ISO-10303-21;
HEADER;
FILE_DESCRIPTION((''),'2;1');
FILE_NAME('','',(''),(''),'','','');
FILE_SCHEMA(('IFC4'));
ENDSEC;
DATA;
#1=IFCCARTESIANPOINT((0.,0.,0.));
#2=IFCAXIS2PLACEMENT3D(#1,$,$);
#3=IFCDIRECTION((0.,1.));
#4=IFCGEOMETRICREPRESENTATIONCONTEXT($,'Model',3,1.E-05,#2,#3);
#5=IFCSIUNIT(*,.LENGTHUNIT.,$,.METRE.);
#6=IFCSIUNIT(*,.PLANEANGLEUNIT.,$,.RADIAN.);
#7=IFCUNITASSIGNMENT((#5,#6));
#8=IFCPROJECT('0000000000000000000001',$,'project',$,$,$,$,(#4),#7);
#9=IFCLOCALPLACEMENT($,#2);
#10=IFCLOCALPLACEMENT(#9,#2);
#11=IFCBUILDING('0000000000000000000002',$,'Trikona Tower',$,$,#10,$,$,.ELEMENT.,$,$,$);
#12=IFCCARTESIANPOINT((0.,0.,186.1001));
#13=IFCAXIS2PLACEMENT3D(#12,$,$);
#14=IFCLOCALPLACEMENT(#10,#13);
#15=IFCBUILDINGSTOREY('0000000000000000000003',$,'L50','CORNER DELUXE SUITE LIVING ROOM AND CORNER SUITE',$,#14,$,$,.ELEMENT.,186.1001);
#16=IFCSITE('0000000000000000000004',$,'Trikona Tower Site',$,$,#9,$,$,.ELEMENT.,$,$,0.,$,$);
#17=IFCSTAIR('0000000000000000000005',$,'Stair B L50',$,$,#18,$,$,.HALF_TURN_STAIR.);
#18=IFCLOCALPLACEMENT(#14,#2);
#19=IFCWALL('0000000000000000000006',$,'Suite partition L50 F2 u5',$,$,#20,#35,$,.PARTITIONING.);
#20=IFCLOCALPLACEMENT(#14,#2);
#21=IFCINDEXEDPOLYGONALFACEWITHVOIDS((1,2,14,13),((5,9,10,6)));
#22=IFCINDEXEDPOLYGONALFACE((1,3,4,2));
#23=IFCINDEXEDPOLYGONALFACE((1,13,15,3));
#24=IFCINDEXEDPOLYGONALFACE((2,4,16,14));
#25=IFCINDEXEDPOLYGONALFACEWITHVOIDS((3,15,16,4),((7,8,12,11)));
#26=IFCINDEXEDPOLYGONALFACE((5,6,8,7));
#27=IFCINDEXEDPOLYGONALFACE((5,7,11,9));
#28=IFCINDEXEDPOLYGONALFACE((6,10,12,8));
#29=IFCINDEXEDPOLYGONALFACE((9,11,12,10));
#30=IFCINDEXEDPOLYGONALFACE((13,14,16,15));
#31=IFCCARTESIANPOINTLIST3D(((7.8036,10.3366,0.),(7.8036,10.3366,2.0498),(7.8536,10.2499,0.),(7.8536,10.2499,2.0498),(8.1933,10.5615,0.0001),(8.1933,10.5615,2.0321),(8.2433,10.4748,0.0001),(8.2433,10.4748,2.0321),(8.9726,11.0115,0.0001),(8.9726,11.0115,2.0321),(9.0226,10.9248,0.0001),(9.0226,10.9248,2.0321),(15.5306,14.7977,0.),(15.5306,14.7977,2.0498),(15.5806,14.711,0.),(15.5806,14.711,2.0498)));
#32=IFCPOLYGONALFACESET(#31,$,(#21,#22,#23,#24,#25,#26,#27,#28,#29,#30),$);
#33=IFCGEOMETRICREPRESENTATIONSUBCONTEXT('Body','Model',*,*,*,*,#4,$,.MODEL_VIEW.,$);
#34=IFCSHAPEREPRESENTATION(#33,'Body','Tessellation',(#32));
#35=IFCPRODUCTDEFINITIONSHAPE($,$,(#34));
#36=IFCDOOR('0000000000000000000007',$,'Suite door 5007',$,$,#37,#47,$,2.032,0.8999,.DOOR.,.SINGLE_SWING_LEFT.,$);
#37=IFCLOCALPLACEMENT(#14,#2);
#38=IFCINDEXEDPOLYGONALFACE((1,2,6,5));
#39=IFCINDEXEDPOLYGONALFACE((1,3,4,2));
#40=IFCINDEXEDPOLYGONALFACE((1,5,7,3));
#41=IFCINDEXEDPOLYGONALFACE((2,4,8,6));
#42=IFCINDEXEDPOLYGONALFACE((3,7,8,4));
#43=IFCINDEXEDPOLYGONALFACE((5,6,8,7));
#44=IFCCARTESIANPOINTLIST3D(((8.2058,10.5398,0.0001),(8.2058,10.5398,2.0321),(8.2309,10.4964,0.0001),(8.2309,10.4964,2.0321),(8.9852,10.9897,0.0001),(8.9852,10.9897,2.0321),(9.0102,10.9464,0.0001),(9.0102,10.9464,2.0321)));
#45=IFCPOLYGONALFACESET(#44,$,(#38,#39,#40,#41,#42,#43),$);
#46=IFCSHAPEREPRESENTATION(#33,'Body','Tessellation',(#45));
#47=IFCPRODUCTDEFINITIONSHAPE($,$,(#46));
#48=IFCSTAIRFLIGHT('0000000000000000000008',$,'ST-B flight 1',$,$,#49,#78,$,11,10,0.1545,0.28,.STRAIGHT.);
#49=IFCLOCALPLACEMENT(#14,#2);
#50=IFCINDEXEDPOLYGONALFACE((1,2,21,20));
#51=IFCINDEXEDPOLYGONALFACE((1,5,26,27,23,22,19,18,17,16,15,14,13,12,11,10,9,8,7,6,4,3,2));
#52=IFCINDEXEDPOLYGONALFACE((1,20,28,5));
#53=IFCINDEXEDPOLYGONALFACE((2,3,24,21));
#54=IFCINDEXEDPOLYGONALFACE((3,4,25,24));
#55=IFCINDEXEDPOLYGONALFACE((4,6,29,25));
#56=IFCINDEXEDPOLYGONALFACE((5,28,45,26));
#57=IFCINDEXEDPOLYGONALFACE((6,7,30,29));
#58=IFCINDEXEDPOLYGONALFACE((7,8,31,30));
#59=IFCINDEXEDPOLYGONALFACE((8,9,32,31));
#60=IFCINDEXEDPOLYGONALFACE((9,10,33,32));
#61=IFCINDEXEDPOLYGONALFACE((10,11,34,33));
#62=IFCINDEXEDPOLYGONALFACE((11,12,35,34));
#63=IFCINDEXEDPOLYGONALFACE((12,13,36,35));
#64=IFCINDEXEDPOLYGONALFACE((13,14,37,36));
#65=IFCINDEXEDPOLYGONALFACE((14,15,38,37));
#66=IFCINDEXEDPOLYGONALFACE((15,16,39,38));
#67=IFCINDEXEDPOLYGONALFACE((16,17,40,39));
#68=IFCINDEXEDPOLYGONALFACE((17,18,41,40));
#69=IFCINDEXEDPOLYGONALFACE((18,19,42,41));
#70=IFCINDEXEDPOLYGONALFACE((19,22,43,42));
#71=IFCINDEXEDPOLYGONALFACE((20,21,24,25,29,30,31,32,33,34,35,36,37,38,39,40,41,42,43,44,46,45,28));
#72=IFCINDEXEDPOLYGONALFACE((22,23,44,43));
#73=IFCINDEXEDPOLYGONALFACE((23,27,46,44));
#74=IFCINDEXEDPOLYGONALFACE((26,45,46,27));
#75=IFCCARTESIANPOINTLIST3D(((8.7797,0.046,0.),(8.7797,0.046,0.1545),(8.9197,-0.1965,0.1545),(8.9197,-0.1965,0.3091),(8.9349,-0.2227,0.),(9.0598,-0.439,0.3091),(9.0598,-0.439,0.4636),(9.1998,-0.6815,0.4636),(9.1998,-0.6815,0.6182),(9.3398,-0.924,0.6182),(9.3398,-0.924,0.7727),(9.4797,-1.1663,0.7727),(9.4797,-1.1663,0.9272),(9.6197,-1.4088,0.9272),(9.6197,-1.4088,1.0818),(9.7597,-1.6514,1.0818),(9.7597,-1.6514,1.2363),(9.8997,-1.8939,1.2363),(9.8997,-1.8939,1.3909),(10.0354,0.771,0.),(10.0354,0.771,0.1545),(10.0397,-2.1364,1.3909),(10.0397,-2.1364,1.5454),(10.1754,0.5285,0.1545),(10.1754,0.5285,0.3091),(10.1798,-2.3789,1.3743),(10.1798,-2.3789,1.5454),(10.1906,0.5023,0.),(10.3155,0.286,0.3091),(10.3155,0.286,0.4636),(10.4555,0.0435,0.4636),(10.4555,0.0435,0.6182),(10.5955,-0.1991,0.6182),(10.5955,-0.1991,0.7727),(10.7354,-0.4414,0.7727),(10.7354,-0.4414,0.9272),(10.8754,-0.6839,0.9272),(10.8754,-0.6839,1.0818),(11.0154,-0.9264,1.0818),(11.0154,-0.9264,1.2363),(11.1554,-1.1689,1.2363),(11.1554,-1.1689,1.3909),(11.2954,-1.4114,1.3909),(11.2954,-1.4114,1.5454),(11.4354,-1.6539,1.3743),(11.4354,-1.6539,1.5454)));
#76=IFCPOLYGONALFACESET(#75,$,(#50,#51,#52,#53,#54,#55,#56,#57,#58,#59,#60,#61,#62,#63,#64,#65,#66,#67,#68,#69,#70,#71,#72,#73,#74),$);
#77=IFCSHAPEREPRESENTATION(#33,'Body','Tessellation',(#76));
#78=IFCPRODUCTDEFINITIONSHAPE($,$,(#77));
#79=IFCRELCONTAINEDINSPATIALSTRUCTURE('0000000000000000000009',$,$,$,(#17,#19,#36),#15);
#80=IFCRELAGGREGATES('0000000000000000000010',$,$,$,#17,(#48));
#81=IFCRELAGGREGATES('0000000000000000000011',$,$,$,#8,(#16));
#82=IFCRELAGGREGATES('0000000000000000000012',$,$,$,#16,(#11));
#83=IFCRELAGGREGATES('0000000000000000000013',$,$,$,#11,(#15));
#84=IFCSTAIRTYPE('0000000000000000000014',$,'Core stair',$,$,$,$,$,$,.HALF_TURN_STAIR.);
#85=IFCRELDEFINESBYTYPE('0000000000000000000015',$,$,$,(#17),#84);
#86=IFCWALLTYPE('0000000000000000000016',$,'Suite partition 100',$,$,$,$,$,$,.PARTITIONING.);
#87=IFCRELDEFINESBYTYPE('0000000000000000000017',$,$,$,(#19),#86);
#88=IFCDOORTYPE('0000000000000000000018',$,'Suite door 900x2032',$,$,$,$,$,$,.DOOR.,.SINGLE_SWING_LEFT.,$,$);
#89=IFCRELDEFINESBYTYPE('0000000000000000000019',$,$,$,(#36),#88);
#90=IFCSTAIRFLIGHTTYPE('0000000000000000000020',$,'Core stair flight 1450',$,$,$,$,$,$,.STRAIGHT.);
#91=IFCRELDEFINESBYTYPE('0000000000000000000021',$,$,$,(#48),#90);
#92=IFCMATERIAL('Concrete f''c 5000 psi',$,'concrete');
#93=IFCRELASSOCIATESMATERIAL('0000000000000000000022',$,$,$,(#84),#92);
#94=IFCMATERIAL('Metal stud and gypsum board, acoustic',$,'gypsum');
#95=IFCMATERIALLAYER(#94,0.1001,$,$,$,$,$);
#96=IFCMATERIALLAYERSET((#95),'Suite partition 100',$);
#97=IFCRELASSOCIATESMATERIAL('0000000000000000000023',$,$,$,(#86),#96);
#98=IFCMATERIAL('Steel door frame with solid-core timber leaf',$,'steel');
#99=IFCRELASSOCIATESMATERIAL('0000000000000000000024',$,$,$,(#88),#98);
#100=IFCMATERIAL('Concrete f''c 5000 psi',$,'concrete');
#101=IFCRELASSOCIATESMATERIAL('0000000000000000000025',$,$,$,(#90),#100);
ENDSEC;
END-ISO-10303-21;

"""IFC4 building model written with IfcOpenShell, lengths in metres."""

from ifc_helpers import new_model, si_unit, direction, frame, frame_2d, origin, place, context, subcontext, project, spatial, polyline, rectangle, outline, extrude, material, layer, layer_set, type_object, element, fill, aggregate, save


model = new_model("IFC4")

# Units and contexts
model_context = context("Model", 3, precision=1e-05, world=origin(), true_north=direction((0.0, 1.0)))
body_context = subcontext(model_context, "Body", "Model", "MODEL_VIEW")
ifc_project = project(units=[si_unit("LENGTHUNIT", "METRE"), si_unit("PLANEANGLEUNIT", "RADIAN")], contexts=[model_context])

# Site, building, storey
site_placement = place(None, origin())
site = spatial("IfcSite", under=ifc_project, at=site_placement, Name="Trikona Tower Site", CompositionType="ELEMENT", RefElevation=0.0)
building_placement = place(site_placement, origin())
building = spatial("IfcBuilding", under=site, at=building_placement, Name="Trikona Tower", CompositionType="ELEMENT")
storey_placement = place(building_placement, frame((0.0, 0.0, 186.1001)))
storey = spatial("IfcBuildingStorey", under=building, at=storey_placement, Name="L50", Description="CORNER DELUXE SUITE LIVING ROOM AND CORNER SUITE", CompositionType="ELEMENT", Elevation=186.1001)

# Stair
ifc_material_1 = material(Name="Concrete f'c 5000 psi", Category="concrete")
stair_type = type_object("IfcStairType", Name="Core stair", PredefinedType="HALF_TURN_STAIR", material=ifc_material_1)
stair_1_placement = place(storey_placement, origin())
stair_1 = element("IfcStair", 1, at=stair_1_placement, inside=storey, type_object=stair_type, Name="Stair B L50", PredefinedType="HALF_TURN_STAIR")

# Wall, opening, door
ifc_material_2 = material(Name="Metal stud and gypsum board, acoustic", Category="gypsum")
ifc_layer_1 = layer(ifc_material_2, 0.1001)
ifc_layer_set_1 = layer_set([ifc_layer_1], Name="Suite partition 100")
wall_type_1 = type_object("IfcWallType", Name="Suite partition 100", PredefinedType="PARTITIONING", material=ifc_layer_set_1)
wall_1_placement = place(storey_placement, frame((7.8286, 10.2932, 0.0), z_axis=(0.0, 0.0, 1.0), x_axis=(0.866027, 0.499997, 0.0)))
wall_1 = element("IfcWall", 2, at=wall_1_placement, inside=storey, type_object=wall_type_1, Name="Suite partition L50 F2 u5", PredefinedType="PARTITIONING", context=body_context, shape_type="SweptSolid", body=[
    extrude(rectangle(XDim=8.9224, YDim=0.1001, at=frame_2d((4.4612, 0.0))), origin(), (0.0, 0.0, 1.0), 2.0498),
])
opening_1_placement = place(wall_1_placement, frame((0.45, 0.0, 0.0)))
opening_1 = element("IfcOpeningElement", 3, at=opening_1_placement, cuts=wall_1, PredefinedType="OPENING", context=body_context, shape_type="SweptSolid", body=[
    extrude(rectangle(XDim=0.8999, YDim=2.032, at=frame_2d((0.45, 1.0161))), frame((0.0, 0.0601, 0.0), z_axis=(0.0, -1.0, 0.0), x_axis=(1.0, 0.0, 0.0)), (0.0, 0.0, 1.0), 0.1201),
])
ifc_material_3 = material(Name="Steel door frame with solid-core timber leaf", Category="steel")
door_type_1 = type_object("IfcDoorType", Name="Suite door 900x2032", OperationType="SINGLE_SWING_LEFT", PredefinedType="DOOR", material=ifc_material_3)
door_1_placement = place(opening_1_placement, origin())
door_1 = element("IfcDoor", 4, at=door_1_placement, inside=storey, type_object=door_type_1, Name="Suite door 5007", OperationType="SINGLE_SWING_LEFT", OverallHeight=2.032, OverallWidth=0.8999, PredefinedType="DOOR", context=body_context, shape_type="SweptSolid", body=[
    extrude(rectangle(XDim=0.8999, YDim=2.032, at=frame_2d((0.45, 1.0161))), frame((0.0, 0.0249, 0.0), z_axis=(0.0, -1.0, 0.0), x_axis=(1.0, 0.0, 0.0)), (0.0, 0.0, 1.0), 0.05),
])
fill(opening_1, door_1)

# Stair flight
ifc_material_4 = material(Name="Concrete f'c 5000 psi", Category="concrete")
stair_flight_type = type_object("IfcStairFlightType", Name="Core stair flight 1450", PredefinedType="STRAIGHT", material=ifc_material_4)
stair_flight_placement = place(storey_placement, frame((9.4075, 0.4084, 0.0), z_axis=(0.0, 0.0, 1.0), x_axis=(0.5, -0.866025, 0.0)))
stair_flight = element("IfcStairFlight", 5, at=stair_flight_placement, type_object=stair_flight_type, Name="ST-B flight 1", NumberOfRisers=11, NumberOfTreads=10, PredefinedType="STRAIGHT", RiserHeight=0.1545, TreadLength=0.28, context=body_context, shape_type="SweptSolid", body=[
    extrude(outline(polyline([(0.0, 0.0), (0.0, 0.1545), (0.28, 0.1545), (0.28, 0.3091), (0.5601, 0.3091), (0.5601, 0.4636), (0.8401, 0.4636), (0.8401, 0.6182), (1.1201, 0.6182), (1.1201, 0.7727), (1.3999, 0.7727), (1.3999, 0.9272), (1.6799, 0.9272), (1.6799, 1.0818), (1.96, 1.0818), (1.96, 1.2363), (2.24, 1.2363), (2.24, 1.3909), (2.52, 1.3909), (2.52, 1.5454), (2.8, 1.5454), (2.8, 1.7), (2.8, 1.3743), (0.3103, 0.0), (0.0, 0.0)])), frame((0.0, 0.7251, 0.0), z_axis=(0.0, -1.0, 0.0), x_axis=(1.0, 0.0, 0.0)), (0.0, 0.0, 1.0), 1.45),
])
aggregate(stair_1, [stair_flight])

save(model, "model.ifc")
